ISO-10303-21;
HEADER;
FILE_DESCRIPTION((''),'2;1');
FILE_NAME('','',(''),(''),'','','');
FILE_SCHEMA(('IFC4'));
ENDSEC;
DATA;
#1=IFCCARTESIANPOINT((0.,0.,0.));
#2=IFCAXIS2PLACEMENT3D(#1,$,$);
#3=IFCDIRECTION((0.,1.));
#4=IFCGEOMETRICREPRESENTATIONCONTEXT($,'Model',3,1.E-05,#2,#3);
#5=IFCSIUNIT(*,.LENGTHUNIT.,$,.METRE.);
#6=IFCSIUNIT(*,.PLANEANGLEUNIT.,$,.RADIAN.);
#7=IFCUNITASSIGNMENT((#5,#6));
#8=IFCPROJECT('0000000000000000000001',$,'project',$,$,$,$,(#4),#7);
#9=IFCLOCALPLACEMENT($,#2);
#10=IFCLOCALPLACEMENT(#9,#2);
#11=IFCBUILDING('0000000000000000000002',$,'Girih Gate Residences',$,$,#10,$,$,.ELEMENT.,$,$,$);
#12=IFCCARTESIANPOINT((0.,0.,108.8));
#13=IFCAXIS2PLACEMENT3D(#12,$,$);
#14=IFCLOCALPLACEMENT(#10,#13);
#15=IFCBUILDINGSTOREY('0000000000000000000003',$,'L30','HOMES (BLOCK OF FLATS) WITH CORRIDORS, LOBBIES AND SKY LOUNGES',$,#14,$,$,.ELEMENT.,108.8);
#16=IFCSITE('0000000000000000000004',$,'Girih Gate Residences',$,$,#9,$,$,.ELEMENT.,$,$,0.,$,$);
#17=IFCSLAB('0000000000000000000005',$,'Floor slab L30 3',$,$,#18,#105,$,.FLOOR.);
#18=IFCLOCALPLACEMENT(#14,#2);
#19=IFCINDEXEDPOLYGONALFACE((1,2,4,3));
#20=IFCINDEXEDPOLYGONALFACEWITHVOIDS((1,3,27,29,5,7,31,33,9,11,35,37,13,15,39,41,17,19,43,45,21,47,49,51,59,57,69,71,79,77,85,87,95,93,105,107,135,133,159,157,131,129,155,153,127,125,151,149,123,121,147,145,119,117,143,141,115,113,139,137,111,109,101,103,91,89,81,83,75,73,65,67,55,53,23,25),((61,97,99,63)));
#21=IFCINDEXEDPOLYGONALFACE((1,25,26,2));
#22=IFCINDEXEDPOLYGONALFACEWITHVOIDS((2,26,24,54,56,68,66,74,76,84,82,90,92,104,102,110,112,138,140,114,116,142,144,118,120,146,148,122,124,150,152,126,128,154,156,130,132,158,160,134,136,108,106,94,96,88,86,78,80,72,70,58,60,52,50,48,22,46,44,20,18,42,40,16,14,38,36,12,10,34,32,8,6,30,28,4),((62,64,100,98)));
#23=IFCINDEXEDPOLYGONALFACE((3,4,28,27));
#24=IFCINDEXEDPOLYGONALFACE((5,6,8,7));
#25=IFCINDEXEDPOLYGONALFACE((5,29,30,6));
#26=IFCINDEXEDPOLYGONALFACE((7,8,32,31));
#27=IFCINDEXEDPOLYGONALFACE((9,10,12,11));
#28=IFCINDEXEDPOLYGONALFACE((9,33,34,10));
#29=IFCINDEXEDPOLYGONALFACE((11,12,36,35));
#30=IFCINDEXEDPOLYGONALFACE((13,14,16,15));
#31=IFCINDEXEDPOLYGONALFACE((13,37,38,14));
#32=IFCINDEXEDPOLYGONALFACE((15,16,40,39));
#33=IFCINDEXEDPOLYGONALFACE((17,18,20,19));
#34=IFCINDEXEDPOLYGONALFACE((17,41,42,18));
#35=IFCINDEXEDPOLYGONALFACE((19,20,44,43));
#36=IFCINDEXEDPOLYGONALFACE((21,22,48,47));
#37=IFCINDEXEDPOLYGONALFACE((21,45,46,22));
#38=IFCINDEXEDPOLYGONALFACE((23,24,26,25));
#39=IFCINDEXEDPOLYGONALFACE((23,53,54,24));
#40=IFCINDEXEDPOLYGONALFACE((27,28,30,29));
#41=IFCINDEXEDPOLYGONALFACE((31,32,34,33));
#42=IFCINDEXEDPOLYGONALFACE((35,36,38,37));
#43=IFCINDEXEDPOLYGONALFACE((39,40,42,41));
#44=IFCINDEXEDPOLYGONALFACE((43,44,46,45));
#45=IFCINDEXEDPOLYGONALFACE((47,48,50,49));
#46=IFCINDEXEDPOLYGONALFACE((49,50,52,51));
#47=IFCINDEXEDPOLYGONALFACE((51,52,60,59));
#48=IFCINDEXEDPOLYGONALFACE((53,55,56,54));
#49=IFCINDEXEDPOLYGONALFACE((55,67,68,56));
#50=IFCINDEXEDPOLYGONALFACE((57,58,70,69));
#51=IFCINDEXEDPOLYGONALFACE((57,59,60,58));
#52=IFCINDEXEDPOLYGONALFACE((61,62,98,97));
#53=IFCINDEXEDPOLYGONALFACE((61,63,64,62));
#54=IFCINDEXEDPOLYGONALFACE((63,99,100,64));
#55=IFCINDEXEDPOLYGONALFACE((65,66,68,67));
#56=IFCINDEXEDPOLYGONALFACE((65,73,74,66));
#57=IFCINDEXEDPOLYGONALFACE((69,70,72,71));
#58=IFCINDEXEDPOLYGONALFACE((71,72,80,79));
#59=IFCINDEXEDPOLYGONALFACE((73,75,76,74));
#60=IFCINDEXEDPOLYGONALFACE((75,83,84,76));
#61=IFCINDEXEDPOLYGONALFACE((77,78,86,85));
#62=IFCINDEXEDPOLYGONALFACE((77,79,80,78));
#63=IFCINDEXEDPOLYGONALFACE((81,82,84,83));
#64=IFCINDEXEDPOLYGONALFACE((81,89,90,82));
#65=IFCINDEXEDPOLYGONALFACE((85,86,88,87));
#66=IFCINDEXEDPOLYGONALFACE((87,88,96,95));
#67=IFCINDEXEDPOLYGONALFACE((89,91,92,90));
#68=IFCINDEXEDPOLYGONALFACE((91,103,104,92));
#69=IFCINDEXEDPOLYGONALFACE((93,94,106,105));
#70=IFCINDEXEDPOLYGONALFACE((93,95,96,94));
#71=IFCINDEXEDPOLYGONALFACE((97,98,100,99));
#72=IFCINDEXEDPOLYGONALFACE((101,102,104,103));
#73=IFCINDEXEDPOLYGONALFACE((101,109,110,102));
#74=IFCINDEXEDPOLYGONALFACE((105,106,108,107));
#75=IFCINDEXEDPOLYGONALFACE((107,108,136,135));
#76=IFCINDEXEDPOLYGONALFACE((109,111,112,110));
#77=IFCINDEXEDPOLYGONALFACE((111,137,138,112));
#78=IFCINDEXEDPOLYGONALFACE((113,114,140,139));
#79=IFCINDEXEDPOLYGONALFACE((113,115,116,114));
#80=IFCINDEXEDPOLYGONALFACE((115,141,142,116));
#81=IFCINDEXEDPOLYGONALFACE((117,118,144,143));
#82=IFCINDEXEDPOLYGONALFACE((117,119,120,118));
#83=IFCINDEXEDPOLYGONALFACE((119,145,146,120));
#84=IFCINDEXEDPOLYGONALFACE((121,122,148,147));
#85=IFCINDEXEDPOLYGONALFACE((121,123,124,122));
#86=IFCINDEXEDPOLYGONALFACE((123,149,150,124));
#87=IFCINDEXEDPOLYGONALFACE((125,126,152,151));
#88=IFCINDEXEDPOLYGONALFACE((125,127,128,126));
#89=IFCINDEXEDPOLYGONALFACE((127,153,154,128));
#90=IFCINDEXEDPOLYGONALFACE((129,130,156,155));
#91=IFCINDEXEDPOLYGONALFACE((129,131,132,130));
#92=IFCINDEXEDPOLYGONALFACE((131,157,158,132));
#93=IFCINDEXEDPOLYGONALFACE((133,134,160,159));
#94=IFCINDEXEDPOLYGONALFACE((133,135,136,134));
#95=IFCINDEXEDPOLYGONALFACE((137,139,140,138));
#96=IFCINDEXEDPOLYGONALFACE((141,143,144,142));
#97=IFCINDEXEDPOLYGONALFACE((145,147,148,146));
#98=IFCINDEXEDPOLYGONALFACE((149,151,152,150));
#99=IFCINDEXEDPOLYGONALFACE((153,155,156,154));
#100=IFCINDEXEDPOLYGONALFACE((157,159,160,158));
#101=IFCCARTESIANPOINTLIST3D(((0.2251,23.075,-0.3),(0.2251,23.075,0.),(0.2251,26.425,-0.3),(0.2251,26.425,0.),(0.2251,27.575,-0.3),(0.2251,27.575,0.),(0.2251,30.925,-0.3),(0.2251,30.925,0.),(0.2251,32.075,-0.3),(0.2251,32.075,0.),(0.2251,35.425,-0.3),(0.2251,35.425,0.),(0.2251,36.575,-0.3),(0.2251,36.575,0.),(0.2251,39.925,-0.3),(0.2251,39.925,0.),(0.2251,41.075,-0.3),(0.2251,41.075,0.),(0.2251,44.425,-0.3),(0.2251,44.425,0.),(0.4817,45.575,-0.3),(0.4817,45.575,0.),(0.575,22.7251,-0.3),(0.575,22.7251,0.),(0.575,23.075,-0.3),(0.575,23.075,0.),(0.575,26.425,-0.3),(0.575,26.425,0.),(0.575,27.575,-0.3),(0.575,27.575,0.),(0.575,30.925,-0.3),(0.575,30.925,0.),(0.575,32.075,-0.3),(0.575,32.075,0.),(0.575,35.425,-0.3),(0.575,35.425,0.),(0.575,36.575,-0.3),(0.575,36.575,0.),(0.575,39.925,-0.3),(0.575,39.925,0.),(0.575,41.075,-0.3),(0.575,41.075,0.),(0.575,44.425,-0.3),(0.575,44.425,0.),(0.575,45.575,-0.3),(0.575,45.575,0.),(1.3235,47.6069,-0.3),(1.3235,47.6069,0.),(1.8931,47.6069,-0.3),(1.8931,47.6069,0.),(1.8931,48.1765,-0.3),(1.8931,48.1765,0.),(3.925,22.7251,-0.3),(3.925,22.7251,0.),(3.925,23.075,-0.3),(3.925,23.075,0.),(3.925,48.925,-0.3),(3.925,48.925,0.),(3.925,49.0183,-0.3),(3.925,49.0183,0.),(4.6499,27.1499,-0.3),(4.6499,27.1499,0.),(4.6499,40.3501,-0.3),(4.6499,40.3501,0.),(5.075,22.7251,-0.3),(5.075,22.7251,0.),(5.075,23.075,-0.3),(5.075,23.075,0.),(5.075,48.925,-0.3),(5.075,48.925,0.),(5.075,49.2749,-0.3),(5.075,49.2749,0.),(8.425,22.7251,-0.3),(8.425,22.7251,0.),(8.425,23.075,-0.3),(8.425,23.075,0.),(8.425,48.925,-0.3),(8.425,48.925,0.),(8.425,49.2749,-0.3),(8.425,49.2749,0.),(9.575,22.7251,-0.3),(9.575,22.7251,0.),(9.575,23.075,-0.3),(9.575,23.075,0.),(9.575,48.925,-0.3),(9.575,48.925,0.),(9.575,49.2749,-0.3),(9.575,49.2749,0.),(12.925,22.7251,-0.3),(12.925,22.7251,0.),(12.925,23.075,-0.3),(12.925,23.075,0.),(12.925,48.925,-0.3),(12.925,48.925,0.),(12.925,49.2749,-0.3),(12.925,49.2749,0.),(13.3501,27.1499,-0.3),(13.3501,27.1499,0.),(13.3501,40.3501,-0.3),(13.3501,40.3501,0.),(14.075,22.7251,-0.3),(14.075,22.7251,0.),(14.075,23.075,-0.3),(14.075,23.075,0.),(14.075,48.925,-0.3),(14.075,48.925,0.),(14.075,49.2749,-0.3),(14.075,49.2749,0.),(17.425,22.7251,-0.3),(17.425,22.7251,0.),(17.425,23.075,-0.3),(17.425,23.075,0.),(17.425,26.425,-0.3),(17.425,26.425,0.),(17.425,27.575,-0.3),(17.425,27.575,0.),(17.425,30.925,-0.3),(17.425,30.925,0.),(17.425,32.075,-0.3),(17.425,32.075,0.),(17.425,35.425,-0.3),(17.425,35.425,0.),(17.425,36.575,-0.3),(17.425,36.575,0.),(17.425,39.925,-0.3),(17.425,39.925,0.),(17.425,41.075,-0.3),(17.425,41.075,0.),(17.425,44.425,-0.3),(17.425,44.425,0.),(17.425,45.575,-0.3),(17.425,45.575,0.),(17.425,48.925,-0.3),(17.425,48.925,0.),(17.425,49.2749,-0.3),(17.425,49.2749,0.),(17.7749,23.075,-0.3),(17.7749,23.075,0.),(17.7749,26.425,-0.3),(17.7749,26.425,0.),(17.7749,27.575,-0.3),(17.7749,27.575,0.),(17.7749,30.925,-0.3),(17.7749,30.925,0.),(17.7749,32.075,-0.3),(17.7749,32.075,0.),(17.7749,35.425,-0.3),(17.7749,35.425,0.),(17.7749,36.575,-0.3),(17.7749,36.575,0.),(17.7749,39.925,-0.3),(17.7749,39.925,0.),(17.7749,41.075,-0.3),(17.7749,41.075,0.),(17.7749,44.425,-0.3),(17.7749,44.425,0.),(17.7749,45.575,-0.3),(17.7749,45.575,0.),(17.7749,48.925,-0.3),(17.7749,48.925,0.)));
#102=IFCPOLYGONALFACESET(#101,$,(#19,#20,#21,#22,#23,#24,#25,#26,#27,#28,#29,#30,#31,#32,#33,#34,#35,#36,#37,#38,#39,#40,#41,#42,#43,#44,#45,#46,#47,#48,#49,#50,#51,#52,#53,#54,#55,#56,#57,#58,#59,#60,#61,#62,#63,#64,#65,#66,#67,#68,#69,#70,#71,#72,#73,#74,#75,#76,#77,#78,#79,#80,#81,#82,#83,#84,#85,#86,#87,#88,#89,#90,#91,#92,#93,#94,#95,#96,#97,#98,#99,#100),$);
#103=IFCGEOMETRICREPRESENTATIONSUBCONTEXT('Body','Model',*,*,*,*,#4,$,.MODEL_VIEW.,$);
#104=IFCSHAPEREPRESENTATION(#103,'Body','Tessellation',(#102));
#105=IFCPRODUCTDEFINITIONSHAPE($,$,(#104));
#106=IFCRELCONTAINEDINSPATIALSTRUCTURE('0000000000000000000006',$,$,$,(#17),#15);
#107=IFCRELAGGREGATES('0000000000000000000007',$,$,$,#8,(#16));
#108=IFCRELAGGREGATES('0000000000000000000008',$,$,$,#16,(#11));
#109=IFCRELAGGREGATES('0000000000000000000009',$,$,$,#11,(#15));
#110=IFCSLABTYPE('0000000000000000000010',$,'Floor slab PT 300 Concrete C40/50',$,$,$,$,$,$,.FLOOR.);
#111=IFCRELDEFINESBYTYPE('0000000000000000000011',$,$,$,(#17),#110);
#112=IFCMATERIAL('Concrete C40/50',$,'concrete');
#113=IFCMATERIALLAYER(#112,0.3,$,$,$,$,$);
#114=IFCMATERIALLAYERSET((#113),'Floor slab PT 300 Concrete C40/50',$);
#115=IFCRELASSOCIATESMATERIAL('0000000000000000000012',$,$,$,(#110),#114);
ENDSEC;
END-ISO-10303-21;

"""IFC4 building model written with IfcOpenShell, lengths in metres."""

from ifc_helpers import new_model, si_unit, direction, frame, origin, place, context, subcontext, project, spatial, polyline, outline, extrude, material, layer, layer_set, type_object, element, save


model = new_model("IFC4")

# Units and contexts
model_context = context("Model", 3, precision=1e-05, world=origin(), true_north=direction((0.0, 1.0)))
body_context = subcontext(model_context, "Body", "Model", "MODEL_VIEW")
ifc_project = project(units=[si_unit("LENGTHUNIT", "METRE"), si_unit("PLANEANGLEUNIT", "RADIAN")], contexts=[model_context])

# Site, building, storey
site_placement = place(None, origin())
site = spatial("IfcSite", under=ifc_project, at=site_placement, Name="Girih Gate Residences", CompositionType="ELEMENT", RefElevation=0.0)
building_placement = place(site_placement, origin())
building = spatial("IfcBuilding", under=site, at=building_placement, Name="Girih Gate Residences", CompositionType="ELEMENT")
storey_placement = place(building_placement, frame((0.0, 0.0, 108.8)))
storey = spatial("IfcBuildingStorey", under=building, at=storey_placement, Name="L30", Description="HOMES (BLOCK OF FLATS) WITH CORRIDORS, LOBBIES AND SKY LOUNGES", CompositionType="ELEMENT", Elevation=108.8)

# Slab
ifc_material_1 = material(Name="Concrete C40/50", Category="concrete")
ifc_layer_1 = layer(ifc_material_1, 0.3)
ifc_layer_set_1 = layer_set([ifc_layer_1], Name="Floor slab PT 300 Concrete C40/50")
slab_type_1 = type_object("IfcSlabType", Name="Floor slab PT 300 Concrete C40/50", PredefinedType="FLOOR", material=ifc_layer_set_1)
slab_1_placement = place(storey_placement, frame((0.0, 0.0, -0.3)))
element("IfcSlab", 1, at=slab_1_placement, inside=storey, type_object=slab_type_1, Name="Floor slab L30 3", PredefinedType="FLOOR", context=body_context, shape_type="SweptSolid", body=[
    extrude(outline(polyline([(0.2251, 26.425), (0.2251, 23.075), (0.575, 23.075), (0.575, 22.7251), (3.925, 22.7251), (3.925, 23.075), (5.075, 23.075), (5.075, 22.7251), (8.425, 22.7251), (8.425, 23.075), (9.575, 23.075), (9.575, 22.7251), (12.925, 22.7251), (12.925, 23.075), (14.075, 23.075), (14.075, 22.7251), (17.425, 22.7251), (17.425, 23.075), (17.7749, 23.075), (17.7749, 26.425), (17.425, 26.425), (17.425, 27.575), (17.7749, 27.575), (17.7749, 30.925), (17.425, 30.925), (17.425, 32.075), (17.7749, 32.075), (17.7749, 35.425), (17.425, 35.425), (17.425, 36.575), (17.7749, 36.575), (17.7749, 39.925), (17.425, 39.925), (17.425, 41.075), (17.7749, 41.075), (17.7749, 44.425), (17.425, 44.425), (17.425, 45.575), (17.7749, 45.575), (17.7749, 48.925), (17.425, 48.925), (17.425, 49.2749), (14.075, 49.2749), (14.075, 48.925), (12.925, 48.925), (12.925, 49.2749), (9.575, 49.2749), (9.575, 48.925), (8.425, 48.925), (8.425, 49.2749), (5.075, 49.2749), (5.075, 48.925), (3.925, 48.925), (3.925, 49.0183), (1.8931, 48.1765), (1.8931, 47.6069), (1.3235, 47.6069), (0.4817, 45.575), (0.575, 45.575), (0.575, 44.425), (0.2251, 44.425), (0.2251, 41.075), (0.575, 41.075), (0.575, 39.925), (0.2251, 39.925), (0.2251, 36.575), (0.575, 36.575), (0.575, 35.425), (0.2251, 35.425), (0.2251, 32.075), (0.575, 32.075), (0.575, 30.925), (0.2251, 30.925), (0.2251, 27.575), (0.575, 27.575), (0.575, 26.425), (0.2251, 26.425)]), holes=[polyline([(13.3501, 40.3501), (13.3501, 27.1499), (4.6499, 27.1499), (4.6499, 40.3501), (13.3501, 40.3501)])]), origin(), (0.0, 0.0, 1.0), 0.3),
])

save(model, "model.ifc")
